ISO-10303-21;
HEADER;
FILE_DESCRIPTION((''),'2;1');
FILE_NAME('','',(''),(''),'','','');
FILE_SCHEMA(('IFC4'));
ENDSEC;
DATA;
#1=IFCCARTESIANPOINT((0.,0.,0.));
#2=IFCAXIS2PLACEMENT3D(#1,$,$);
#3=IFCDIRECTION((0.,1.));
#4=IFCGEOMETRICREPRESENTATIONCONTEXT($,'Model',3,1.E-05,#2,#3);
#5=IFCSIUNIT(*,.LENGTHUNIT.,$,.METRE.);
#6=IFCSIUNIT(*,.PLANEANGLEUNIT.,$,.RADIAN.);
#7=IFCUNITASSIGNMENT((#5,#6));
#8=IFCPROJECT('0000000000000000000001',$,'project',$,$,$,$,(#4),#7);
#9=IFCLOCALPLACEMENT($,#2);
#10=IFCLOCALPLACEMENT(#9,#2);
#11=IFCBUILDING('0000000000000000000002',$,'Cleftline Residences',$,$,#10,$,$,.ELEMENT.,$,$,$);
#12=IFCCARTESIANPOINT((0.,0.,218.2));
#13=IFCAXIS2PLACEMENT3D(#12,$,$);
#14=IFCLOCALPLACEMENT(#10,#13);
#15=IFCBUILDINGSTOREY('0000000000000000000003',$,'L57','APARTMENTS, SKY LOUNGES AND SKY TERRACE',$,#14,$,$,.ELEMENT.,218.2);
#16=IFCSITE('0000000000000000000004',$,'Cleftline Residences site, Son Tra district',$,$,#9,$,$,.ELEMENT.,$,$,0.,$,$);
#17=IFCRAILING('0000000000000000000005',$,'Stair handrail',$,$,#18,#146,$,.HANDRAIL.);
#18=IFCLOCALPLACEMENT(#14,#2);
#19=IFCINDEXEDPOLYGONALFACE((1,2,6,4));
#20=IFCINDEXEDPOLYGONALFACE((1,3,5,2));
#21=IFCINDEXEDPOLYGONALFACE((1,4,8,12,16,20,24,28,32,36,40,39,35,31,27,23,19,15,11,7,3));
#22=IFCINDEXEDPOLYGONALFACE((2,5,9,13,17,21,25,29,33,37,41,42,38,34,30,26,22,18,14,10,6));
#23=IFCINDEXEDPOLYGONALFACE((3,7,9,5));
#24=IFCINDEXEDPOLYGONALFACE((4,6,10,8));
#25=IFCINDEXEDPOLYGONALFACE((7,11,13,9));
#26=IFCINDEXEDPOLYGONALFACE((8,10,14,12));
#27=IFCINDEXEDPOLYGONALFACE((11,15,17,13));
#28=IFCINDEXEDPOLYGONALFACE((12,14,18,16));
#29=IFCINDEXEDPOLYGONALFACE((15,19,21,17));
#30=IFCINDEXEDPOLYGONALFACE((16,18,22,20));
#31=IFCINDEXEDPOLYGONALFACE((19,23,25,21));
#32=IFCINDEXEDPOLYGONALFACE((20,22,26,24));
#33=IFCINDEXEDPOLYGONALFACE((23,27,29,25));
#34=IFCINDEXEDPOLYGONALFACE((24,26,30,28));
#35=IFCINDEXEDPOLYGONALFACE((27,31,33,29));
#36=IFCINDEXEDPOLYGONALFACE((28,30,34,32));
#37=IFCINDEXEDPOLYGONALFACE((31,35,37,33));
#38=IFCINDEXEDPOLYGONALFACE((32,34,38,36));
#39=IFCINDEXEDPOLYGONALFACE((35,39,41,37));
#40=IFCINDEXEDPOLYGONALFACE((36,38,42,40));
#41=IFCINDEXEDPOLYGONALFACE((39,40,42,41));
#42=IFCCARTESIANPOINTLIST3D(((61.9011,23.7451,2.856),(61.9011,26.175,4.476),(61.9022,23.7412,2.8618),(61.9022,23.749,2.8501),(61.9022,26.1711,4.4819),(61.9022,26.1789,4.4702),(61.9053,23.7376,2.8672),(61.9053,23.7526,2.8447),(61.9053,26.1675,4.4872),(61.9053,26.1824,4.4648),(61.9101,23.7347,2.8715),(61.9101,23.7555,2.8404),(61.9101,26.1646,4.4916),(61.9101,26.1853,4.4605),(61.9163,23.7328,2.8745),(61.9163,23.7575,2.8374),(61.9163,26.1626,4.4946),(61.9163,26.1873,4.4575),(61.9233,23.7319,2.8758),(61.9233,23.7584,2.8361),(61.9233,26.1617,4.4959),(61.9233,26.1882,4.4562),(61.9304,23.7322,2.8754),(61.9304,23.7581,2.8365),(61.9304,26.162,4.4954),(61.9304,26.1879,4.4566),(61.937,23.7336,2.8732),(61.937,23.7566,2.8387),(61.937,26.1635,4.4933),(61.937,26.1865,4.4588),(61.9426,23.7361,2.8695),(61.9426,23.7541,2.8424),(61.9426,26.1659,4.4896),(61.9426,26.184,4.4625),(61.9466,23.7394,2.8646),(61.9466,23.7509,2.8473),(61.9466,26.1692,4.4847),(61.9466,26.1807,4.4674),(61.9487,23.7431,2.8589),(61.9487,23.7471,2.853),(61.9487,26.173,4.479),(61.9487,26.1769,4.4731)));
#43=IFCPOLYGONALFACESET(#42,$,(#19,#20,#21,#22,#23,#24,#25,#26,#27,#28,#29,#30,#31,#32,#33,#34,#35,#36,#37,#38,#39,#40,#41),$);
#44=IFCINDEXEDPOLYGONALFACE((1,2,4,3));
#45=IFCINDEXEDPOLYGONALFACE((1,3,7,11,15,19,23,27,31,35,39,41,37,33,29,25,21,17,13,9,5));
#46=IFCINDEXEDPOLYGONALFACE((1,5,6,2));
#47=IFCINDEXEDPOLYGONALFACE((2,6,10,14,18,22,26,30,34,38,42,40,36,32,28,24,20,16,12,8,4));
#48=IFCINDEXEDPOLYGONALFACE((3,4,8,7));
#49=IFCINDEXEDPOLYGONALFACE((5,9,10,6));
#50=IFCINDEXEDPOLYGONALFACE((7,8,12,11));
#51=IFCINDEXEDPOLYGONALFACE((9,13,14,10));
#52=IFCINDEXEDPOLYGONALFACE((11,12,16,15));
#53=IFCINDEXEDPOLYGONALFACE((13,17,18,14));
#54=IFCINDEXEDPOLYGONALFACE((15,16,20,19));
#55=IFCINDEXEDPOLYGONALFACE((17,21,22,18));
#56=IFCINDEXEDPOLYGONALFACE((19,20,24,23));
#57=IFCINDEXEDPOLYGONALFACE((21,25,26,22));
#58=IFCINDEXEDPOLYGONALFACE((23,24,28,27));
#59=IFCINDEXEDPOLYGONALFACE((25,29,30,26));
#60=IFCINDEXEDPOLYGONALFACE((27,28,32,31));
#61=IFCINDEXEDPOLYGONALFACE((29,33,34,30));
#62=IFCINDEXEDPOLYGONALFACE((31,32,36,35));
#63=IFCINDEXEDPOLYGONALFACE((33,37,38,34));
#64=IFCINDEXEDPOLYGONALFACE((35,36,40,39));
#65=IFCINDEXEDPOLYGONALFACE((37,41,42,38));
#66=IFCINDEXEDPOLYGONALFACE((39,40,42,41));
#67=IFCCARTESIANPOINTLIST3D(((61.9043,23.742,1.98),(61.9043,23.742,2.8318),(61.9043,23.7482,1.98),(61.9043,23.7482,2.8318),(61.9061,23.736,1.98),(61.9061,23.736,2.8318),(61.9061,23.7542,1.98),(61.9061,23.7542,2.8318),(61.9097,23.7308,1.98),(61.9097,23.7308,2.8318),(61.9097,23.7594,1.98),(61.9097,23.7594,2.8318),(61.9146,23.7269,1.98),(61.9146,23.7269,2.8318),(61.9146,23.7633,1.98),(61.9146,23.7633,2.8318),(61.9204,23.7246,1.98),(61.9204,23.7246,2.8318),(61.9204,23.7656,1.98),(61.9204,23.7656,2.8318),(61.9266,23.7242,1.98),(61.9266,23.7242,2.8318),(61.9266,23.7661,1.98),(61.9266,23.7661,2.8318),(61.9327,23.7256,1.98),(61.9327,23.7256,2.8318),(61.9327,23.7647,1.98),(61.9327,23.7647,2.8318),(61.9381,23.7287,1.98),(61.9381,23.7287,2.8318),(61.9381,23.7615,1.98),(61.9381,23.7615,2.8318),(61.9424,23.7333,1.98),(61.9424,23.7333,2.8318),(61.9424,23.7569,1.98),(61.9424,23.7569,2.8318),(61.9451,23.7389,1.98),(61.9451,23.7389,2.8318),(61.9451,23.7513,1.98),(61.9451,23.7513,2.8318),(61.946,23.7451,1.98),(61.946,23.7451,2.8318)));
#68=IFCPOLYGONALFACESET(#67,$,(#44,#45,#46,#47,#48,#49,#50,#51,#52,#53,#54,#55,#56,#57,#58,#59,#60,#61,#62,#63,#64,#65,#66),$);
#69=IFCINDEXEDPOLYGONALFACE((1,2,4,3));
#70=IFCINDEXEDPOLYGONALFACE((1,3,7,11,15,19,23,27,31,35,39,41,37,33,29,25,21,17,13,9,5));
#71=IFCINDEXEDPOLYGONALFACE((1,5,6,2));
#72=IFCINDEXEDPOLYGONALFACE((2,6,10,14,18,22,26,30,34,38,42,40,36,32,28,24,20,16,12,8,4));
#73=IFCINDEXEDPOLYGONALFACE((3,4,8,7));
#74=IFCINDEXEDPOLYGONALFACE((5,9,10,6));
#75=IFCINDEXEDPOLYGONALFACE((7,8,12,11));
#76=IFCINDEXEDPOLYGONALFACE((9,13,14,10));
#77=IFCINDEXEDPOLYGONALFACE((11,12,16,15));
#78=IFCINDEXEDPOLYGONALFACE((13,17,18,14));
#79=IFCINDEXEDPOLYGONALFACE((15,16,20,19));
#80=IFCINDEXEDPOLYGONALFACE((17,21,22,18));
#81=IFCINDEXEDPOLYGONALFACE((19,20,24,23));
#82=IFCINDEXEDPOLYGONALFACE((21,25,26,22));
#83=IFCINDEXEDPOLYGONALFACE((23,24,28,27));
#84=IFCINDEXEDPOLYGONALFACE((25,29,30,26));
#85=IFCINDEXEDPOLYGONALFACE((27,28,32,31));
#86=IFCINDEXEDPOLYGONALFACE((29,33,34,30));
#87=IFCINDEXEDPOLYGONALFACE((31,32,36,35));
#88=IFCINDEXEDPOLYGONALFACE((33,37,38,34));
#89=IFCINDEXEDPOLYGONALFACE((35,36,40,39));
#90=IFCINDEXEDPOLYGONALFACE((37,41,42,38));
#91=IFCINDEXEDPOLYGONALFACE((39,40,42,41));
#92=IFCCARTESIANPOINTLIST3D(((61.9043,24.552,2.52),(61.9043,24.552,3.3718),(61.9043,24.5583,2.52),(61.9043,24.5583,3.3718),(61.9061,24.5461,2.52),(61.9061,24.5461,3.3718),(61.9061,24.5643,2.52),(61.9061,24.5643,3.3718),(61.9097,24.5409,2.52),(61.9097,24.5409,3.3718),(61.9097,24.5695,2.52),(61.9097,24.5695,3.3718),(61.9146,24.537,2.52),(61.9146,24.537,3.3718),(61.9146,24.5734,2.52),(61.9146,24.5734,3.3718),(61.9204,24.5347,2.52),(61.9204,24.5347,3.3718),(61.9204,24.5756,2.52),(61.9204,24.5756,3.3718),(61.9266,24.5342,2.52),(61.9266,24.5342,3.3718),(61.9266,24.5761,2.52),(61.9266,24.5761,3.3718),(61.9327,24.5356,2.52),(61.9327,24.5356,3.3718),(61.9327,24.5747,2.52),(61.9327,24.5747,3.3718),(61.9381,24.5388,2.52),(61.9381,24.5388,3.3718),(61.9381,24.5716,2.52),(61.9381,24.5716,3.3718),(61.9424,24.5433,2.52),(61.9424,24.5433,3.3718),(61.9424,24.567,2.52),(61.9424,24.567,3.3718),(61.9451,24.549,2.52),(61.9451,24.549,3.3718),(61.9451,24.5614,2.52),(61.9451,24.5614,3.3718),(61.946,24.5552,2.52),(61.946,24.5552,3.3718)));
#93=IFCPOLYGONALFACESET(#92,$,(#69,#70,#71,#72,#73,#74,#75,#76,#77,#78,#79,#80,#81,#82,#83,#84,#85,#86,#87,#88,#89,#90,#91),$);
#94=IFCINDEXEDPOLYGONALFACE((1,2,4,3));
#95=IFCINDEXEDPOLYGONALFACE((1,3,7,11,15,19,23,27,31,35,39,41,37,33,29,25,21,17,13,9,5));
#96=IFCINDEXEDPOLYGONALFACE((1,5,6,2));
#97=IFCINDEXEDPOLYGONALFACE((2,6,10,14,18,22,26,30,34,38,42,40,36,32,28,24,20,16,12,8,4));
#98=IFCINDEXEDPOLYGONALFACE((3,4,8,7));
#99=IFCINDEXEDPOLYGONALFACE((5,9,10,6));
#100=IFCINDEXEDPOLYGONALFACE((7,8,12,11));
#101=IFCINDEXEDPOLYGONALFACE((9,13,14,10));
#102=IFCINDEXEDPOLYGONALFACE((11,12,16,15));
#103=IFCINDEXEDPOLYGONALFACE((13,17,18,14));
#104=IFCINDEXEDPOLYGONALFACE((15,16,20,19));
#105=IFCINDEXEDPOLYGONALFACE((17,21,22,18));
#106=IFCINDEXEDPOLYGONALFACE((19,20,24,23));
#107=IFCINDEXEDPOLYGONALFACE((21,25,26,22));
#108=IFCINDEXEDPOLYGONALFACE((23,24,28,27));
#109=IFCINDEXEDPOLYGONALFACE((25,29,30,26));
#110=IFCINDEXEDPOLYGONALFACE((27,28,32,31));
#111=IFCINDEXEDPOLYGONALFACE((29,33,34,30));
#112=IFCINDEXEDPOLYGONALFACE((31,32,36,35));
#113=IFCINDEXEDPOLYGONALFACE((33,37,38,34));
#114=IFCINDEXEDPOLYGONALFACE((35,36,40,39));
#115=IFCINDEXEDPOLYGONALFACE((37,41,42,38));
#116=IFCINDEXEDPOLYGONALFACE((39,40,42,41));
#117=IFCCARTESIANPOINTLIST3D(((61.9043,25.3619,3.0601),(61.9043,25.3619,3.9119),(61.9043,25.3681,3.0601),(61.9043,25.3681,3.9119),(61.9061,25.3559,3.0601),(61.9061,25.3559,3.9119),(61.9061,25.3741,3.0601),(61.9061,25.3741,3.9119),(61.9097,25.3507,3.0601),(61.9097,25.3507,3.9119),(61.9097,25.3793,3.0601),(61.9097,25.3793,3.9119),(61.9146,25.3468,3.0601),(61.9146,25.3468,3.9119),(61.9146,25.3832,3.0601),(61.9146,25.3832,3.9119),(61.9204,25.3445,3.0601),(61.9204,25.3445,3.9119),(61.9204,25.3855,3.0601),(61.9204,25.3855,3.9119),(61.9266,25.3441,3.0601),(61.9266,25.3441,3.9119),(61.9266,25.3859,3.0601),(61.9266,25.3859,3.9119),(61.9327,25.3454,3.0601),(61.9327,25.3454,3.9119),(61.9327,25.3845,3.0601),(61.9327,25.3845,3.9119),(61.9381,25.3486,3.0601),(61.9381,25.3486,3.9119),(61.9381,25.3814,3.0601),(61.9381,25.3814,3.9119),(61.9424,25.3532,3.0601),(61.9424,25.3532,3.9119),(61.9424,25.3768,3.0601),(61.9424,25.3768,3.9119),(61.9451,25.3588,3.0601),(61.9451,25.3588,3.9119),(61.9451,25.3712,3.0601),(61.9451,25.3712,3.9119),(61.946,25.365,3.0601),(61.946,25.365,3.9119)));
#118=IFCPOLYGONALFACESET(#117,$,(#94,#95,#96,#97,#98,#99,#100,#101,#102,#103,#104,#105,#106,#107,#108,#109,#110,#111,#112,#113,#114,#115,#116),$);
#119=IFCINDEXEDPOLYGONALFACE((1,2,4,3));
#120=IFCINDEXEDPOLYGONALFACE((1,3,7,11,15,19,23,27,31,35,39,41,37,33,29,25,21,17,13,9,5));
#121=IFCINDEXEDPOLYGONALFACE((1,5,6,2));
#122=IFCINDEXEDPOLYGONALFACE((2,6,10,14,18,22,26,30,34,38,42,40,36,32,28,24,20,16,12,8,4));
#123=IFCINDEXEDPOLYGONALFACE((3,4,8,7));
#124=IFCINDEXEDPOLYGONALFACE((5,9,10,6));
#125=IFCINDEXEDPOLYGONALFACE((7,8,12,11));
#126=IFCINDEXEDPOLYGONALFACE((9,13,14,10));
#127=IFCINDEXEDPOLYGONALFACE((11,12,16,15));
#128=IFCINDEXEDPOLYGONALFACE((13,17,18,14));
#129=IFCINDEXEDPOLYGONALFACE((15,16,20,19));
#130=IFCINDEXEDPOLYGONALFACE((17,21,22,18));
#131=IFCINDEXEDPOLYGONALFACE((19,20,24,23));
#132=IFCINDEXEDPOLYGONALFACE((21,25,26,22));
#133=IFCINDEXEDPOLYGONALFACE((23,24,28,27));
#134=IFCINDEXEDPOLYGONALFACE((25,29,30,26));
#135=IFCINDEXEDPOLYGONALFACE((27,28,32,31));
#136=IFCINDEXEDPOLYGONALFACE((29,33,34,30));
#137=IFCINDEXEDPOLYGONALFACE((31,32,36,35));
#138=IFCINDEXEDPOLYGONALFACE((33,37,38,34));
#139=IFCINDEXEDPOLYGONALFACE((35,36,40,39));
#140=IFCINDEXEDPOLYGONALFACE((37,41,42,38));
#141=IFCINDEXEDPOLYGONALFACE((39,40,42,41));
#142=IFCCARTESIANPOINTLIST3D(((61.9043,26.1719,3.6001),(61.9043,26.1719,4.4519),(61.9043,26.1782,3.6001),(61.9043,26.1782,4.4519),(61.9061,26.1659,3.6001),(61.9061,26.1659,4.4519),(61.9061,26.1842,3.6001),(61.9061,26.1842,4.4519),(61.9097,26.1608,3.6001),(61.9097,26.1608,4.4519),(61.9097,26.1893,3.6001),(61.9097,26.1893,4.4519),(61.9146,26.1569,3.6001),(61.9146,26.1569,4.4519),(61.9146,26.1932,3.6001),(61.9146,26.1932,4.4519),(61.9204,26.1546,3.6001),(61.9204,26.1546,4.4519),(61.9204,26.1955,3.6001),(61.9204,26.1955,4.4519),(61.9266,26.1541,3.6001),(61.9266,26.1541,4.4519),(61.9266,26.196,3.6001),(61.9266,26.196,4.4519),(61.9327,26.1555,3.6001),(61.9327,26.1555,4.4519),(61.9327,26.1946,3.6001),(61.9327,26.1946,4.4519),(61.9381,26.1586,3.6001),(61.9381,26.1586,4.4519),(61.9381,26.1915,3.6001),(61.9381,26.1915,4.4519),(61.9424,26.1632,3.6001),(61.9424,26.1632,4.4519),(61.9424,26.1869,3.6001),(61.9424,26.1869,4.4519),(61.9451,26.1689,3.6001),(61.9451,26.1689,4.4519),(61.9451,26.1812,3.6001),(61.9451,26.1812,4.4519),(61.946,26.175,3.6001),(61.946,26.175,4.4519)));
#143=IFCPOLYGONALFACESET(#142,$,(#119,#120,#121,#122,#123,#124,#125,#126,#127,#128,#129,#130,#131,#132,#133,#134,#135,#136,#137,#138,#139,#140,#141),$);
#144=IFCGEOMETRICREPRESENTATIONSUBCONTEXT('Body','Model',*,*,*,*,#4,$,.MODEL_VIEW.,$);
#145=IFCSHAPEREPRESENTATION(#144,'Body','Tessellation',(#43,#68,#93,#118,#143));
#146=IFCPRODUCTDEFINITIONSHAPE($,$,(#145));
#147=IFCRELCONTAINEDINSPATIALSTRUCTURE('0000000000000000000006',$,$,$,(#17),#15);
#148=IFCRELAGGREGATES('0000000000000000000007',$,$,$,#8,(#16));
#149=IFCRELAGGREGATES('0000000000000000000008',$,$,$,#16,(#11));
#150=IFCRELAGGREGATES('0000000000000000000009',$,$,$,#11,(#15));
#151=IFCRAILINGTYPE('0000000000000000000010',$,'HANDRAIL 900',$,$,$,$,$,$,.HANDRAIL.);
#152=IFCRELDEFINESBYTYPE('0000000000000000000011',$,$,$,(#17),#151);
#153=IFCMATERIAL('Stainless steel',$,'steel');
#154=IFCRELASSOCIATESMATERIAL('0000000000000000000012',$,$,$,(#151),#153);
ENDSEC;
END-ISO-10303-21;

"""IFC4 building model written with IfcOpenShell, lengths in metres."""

from ifc_helpers import new_model, si_unit, direction, frame, origin, origin_2d, place, context, subcontext, project, spatial, circle, extrude, material, type_object, element, save


model = new_model("IFC4")

# Units and contexts
model_context = context("Model", 3, precision=1e-05, world=origin(), true_north=direction((0.0, 1.0)))
body_context = subcontext(model_context, "Body", "Model", "MODEL_VIEW")
ifc_project = project(units=[si_unit("LENGTHUNIT", "METRE"), si_unit("PLANEANGLEUNIT", "RADIAN")], contexts=[model_context])

# Site, building, storey
site_placement = place(None, origin())
site = spatial("IfcSite", under=ifc_project, at=site_placement, Name="Cleftline Residences site, Son Tra district", CompositionType="ELEMENT", RefElevation=0.0)
building_placement = place(site_placement, origin())
building = spatial("IfcBuilding", under=site, at=building_placement, Name="Cleftline Residences", CompositionType="ELEMENT")
storey_placement = place(building_placement, frame((0.0, 0.0, 218.2)))
storey = spatial("IfcBuildingStorey", under=building, at=storey_placement, Name="L57", Description="APARTMENTS, SKY LOUNGES AND SKY TERRACE", CompositionType="ELEMENT", Elevation=218.2)

# Railing
ifc_material_1 = material(Name="Stainless steel", Category="steel")
railing_type = type_object("IfcRailingType", Name="HANDRAIL 900", PredefinedType="HANDRAIL", material=ifc_material_1)
railing_placement = place(storey_placement, frame((61.925, 23.7451, 1.98)))
element("IfcRailing", 1, at=railing_placement, inside=storey, type_object=railing_type, Name="Stair handrail", PredefinedType="HANDRAIL", context=body_context, shape_type="SweptSolid", body=[
    extrude(circle(Radius=0.0239, at=origin_2d()), frame((0.0, 0.0, 0.876), z_axis=(0.0, 0.832025, 0.554739), x_axis=(-1.0, 0.0, 0.0)), (0.0, 0.0, 1.0), 2.9204),
    extrude(circle(Radius=0.021, at=origin_2d()), origin(), (0.0, 0.0, 1.0), 0.8518),
    extrude(circle(Radius=0.021, at=origin_2d()), frame((0.0, 0.8101, 0.54)), (0.0, 0.0, 1.0), 0.8518),
    extrude(circle(Radius=0.021, at=origin_2d()), frame((0.0, 1.6199, 1.0801)), (0.0, 0.0, 1.0), 0.8518),
    extrude(circle(Radius=0.021, at=origin_2d()), frame((0.0, 2.4299, 1.6201)), (0.0, 0.0, 1.0), 0.8518),
])

save(model, "model.ifc")
